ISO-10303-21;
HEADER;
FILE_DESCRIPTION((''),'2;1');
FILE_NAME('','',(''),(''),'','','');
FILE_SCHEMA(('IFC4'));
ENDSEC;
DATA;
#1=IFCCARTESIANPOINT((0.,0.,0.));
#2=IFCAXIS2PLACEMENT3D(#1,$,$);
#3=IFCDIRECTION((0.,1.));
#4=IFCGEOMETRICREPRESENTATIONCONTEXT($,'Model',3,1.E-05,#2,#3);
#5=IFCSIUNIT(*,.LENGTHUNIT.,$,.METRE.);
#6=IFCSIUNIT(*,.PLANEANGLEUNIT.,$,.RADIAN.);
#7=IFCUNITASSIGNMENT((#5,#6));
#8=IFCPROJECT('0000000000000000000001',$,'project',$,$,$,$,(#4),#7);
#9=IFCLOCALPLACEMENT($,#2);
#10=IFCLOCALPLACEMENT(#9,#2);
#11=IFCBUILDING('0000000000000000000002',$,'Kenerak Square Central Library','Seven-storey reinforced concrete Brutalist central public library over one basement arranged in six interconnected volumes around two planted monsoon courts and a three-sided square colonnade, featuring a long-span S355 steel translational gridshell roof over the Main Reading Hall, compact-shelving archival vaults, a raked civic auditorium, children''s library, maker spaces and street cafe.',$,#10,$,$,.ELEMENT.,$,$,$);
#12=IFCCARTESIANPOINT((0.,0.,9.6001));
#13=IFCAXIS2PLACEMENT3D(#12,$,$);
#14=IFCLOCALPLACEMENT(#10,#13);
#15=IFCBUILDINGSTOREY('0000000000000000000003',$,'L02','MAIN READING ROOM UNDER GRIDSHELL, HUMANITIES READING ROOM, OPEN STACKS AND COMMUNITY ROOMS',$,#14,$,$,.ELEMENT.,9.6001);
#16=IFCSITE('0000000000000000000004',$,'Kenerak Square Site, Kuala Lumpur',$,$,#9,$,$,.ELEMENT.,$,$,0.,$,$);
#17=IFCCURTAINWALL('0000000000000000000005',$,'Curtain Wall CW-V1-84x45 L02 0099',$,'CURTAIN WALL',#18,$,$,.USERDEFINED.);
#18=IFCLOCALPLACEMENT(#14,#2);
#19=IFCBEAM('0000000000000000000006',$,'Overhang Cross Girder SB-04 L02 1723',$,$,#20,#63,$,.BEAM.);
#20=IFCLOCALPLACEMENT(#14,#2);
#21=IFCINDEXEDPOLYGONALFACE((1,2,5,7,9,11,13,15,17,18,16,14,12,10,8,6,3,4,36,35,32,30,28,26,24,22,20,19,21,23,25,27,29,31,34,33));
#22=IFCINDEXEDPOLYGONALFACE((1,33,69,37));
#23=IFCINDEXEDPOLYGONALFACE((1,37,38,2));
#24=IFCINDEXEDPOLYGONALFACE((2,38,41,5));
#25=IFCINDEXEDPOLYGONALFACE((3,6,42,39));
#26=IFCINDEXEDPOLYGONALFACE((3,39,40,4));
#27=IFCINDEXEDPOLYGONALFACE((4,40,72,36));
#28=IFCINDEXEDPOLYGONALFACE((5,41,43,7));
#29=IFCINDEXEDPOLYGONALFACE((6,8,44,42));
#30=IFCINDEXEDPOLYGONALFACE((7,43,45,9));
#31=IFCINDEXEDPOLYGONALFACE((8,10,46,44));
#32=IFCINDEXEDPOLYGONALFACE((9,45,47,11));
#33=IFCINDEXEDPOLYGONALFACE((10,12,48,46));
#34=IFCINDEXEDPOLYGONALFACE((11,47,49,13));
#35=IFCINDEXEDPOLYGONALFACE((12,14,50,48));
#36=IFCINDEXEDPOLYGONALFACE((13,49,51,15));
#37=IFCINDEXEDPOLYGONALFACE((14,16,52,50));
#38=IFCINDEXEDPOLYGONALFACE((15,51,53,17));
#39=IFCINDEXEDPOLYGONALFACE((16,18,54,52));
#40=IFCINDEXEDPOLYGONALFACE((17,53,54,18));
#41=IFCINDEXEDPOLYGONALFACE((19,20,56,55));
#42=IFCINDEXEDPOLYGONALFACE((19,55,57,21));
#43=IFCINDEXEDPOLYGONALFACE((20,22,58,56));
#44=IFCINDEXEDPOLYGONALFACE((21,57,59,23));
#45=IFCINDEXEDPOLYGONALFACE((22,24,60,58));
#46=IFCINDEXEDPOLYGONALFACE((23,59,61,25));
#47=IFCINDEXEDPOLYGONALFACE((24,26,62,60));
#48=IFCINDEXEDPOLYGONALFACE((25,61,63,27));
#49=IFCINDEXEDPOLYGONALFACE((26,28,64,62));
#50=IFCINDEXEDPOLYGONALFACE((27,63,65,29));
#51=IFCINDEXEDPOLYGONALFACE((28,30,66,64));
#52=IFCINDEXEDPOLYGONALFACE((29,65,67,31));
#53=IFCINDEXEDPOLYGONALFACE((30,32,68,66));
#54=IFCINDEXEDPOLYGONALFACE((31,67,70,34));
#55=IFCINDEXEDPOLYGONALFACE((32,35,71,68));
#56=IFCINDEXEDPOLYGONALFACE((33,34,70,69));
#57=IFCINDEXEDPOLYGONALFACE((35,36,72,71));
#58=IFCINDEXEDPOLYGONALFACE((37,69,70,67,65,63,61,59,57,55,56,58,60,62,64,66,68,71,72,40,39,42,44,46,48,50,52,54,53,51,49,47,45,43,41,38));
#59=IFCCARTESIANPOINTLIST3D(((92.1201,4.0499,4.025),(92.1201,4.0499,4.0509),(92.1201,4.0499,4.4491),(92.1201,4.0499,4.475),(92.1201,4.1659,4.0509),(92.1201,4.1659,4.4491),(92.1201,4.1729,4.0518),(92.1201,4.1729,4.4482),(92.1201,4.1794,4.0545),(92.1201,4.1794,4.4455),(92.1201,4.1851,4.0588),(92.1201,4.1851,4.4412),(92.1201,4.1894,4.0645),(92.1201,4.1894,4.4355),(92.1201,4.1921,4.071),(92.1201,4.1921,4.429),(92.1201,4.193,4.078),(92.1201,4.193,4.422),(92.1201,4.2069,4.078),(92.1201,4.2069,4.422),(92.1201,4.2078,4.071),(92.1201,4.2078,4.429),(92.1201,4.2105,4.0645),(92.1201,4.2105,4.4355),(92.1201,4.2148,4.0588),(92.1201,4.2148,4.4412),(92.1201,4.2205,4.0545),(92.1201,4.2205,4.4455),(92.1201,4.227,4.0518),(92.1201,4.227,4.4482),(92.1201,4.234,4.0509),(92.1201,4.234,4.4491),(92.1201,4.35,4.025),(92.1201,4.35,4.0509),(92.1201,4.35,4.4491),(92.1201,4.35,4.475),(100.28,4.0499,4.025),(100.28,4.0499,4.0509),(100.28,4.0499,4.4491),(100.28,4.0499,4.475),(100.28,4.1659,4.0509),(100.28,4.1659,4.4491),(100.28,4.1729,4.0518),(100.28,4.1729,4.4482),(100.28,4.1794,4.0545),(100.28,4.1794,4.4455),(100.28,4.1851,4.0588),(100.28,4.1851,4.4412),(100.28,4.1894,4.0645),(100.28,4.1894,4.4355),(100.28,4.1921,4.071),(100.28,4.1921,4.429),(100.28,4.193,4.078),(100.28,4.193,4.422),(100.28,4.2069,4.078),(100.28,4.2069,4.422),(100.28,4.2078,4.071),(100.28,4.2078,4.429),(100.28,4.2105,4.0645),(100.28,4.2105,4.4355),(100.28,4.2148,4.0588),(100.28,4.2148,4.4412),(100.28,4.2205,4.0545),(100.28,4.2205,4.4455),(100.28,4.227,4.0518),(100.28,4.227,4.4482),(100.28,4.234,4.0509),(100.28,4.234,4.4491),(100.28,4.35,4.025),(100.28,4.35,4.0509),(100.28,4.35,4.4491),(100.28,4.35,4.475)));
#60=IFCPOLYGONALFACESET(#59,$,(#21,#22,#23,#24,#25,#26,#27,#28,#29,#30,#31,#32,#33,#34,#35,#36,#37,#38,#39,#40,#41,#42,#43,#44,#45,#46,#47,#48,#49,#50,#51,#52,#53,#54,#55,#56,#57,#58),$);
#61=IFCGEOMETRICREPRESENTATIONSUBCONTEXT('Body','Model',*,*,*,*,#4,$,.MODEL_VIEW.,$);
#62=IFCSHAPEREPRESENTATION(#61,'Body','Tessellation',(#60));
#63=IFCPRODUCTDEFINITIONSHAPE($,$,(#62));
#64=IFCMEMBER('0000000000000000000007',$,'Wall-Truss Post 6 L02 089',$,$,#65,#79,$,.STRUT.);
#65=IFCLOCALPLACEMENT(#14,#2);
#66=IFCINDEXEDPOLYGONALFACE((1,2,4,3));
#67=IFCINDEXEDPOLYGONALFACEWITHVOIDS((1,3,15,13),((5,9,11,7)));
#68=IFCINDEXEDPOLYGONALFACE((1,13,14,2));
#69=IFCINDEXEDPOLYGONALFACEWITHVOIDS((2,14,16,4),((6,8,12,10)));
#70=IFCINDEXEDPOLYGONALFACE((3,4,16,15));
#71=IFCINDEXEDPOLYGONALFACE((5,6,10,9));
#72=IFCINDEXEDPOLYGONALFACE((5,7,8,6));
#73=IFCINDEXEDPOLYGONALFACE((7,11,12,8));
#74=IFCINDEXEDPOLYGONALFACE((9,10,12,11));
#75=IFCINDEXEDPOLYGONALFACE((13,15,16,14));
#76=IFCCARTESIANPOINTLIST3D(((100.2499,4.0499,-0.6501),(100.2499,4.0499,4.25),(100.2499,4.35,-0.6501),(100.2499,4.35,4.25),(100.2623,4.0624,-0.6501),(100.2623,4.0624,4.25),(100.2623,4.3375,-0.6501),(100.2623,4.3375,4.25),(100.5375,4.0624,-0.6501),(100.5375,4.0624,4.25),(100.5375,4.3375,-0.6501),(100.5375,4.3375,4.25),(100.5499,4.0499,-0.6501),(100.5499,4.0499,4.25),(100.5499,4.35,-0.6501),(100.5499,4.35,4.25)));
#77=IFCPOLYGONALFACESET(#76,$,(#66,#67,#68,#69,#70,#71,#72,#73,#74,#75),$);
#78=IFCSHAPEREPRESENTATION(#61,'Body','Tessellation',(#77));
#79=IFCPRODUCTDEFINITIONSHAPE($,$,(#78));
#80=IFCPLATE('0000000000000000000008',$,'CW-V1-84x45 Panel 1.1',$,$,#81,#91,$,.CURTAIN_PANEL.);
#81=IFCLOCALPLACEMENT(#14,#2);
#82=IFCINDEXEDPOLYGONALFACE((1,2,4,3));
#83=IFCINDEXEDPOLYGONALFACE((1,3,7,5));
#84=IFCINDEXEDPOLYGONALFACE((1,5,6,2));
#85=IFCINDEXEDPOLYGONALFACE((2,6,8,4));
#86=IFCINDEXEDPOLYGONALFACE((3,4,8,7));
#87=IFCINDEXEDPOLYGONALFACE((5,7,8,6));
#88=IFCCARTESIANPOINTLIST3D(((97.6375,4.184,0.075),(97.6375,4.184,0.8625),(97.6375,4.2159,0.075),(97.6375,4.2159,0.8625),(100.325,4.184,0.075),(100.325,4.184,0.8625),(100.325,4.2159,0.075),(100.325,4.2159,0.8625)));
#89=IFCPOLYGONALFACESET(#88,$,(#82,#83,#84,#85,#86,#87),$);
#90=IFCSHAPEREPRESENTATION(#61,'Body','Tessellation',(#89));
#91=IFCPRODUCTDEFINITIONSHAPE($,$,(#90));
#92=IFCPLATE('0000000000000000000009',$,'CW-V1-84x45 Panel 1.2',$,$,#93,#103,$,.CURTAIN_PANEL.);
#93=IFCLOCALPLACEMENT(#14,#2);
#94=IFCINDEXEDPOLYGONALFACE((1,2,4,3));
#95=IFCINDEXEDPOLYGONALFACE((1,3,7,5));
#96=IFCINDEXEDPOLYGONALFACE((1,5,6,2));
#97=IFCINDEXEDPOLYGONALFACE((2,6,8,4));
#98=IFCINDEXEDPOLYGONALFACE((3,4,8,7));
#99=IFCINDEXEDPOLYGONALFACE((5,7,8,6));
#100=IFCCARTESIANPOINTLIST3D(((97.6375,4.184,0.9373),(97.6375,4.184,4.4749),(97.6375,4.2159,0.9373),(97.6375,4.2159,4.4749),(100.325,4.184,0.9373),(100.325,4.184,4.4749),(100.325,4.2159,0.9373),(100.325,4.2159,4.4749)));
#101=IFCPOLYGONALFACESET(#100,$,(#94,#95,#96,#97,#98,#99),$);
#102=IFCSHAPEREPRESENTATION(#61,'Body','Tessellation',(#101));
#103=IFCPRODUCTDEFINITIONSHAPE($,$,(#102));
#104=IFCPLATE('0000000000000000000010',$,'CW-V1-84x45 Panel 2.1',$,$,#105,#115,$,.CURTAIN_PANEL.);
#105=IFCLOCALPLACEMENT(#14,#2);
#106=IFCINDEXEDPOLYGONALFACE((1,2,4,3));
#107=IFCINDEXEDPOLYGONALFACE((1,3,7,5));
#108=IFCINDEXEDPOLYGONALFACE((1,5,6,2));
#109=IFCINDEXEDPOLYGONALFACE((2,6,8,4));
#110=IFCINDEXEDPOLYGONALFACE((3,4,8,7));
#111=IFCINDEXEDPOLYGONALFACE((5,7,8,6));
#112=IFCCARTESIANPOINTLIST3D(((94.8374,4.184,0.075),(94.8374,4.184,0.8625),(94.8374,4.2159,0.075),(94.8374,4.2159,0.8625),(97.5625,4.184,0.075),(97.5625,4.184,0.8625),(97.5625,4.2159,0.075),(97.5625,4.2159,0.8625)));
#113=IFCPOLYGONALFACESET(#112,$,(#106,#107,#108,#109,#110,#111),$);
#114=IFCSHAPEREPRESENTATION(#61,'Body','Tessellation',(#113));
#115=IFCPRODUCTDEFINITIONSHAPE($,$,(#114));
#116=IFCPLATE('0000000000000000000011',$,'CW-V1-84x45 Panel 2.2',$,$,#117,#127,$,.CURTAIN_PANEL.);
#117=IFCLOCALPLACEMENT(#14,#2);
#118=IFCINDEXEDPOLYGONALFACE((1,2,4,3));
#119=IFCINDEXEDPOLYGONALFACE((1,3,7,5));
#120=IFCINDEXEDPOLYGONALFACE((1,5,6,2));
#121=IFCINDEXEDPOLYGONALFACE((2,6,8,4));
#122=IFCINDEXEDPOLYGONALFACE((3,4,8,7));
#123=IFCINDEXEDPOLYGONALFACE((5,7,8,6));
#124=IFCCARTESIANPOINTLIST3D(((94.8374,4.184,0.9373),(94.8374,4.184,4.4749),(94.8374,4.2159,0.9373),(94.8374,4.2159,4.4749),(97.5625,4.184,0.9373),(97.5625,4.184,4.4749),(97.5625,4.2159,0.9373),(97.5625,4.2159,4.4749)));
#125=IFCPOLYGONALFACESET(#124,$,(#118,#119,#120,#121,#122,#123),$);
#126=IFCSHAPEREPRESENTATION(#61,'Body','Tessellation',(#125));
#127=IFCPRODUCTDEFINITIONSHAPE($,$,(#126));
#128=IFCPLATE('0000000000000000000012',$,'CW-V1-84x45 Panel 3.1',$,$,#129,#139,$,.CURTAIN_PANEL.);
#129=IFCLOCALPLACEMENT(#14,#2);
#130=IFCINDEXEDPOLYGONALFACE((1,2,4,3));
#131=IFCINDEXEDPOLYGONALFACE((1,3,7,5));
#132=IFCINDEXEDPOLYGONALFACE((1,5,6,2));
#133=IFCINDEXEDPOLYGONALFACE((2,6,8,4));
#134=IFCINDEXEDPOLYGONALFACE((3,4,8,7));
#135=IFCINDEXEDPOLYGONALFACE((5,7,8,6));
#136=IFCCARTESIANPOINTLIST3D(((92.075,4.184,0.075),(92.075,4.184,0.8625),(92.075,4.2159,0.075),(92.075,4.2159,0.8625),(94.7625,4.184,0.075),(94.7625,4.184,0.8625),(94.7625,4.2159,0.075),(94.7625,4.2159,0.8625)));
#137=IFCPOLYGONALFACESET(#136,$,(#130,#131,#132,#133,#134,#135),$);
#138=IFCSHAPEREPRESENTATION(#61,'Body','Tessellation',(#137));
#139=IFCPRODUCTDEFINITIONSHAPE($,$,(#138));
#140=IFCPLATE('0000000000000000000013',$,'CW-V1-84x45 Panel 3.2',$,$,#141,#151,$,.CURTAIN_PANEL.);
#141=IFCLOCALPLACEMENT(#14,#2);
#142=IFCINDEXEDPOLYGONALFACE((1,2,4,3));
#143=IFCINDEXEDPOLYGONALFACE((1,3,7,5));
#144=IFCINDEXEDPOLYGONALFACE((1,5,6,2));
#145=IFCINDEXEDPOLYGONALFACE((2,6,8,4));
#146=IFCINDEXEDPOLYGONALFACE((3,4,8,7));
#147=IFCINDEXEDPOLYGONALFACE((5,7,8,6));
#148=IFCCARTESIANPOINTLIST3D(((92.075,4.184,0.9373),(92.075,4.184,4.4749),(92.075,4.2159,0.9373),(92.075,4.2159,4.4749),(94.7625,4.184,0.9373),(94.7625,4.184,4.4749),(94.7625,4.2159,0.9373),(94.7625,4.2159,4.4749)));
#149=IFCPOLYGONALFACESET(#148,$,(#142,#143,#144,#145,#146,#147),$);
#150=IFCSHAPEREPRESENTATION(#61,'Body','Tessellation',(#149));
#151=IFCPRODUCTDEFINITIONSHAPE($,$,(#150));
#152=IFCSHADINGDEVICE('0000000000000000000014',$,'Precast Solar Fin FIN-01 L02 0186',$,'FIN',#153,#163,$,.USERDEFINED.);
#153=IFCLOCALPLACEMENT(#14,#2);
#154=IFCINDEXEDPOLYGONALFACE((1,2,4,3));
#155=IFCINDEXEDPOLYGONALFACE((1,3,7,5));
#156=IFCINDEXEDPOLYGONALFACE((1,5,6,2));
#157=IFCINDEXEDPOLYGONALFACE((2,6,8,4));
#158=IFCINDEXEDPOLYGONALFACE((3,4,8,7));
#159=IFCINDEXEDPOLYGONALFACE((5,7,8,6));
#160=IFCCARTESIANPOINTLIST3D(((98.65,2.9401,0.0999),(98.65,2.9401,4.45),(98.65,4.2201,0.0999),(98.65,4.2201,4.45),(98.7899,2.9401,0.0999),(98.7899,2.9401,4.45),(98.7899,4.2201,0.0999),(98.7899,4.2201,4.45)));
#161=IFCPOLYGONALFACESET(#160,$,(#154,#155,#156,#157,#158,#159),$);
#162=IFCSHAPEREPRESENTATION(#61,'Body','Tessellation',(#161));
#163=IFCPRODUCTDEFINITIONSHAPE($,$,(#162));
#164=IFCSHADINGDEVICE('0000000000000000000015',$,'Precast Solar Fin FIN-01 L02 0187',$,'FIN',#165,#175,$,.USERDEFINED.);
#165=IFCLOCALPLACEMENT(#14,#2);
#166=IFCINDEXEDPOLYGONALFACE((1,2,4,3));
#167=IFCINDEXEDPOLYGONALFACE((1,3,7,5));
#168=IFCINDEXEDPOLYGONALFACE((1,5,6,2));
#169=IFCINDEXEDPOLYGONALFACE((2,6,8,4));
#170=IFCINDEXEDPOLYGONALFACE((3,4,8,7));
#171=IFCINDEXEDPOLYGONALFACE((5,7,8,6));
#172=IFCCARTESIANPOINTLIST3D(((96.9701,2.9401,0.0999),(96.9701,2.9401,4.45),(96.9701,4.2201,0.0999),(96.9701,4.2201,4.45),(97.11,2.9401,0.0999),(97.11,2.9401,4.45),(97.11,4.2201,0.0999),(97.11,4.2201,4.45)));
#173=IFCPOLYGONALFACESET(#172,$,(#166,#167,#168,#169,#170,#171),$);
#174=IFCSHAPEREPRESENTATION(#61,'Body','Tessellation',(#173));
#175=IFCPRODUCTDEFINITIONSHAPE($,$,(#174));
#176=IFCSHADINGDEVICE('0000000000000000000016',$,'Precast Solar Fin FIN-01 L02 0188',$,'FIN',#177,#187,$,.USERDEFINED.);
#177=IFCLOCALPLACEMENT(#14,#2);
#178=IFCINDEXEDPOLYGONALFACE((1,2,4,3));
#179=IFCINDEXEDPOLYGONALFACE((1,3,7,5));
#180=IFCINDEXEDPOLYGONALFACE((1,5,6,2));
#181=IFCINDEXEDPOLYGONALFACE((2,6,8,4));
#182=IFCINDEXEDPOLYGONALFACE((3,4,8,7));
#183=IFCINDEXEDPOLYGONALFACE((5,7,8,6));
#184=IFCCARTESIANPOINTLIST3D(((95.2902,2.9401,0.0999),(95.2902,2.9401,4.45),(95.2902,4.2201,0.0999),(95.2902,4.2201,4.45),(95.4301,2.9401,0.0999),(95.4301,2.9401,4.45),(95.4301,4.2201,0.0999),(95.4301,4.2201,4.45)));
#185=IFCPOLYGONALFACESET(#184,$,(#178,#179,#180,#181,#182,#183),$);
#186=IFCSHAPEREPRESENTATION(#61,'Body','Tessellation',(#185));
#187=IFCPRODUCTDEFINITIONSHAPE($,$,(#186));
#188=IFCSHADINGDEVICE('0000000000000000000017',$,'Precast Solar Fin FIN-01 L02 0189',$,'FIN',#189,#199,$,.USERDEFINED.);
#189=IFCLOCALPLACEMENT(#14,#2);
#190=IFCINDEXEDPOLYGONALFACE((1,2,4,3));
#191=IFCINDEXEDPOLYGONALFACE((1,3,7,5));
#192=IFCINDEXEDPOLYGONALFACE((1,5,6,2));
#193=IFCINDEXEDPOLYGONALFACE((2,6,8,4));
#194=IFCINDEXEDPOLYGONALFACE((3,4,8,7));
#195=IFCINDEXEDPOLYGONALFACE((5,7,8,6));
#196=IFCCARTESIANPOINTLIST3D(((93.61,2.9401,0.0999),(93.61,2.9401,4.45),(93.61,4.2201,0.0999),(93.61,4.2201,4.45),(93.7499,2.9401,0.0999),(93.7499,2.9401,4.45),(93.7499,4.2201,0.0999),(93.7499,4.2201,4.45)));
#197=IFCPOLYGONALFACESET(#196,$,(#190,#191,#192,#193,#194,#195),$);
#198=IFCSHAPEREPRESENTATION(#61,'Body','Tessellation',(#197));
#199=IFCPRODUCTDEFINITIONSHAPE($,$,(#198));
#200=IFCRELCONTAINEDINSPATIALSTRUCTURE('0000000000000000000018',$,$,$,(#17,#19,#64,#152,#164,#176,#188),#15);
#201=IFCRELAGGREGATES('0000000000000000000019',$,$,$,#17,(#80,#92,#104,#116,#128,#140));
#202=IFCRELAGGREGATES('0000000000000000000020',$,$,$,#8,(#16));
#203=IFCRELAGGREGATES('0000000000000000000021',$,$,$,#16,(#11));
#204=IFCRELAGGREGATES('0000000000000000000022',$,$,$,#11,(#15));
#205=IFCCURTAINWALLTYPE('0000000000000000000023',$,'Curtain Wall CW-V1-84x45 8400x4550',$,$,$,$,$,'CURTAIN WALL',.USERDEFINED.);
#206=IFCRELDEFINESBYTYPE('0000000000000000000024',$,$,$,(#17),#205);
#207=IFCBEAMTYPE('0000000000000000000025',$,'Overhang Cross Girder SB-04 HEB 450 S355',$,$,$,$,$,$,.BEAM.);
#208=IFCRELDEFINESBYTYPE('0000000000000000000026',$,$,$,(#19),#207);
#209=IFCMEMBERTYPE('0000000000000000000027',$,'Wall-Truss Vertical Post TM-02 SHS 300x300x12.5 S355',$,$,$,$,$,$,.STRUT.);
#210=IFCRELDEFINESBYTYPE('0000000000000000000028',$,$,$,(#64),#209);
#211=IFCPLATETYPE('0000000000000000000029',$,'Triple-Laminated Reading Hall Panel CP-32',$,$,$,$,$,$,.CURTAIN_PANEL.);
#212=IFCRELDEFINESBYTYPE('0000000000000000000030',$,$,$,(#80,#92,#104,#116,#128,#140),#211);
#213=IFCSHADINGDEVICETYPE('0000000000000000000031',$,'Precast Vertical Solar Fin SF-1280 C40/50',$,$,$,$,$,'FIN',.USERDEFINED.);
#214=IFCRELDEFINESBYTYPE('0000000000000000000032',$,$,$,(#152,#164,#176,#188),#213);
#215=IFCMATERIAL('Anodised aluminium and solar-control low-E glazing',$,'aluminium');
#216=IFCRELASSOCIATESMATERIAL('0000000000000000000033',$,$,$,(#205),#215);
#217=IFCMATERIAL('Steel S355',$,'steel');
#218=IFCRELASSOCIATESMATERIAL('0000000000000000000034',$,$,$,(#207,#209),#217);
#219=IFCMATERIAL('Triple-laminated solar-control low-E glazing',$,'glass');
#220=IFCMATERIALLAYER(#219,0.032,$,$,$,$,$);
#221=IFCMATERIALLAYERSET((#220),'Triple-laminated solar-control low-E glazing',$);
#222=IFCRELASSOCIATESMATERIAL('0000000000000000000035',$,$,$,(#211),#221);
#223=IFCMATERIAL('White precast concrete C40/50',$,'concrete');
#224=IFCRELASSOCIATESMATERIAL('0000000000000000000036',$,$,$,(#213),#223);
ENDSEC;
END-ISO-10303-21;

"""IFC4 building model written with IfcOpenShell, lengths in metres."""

from ifc_helpers import new_model, si_unit, direction, frame, origin, origin_2d, place, context, subcontext, project, spatial, rectangle, hollow_rectangle, i_section, extrude, material, layer, layer_set, material_profile, profile_set, type_object, element, aggregate, save


model = new_model("IFC4")

# Units and contexts
model_context = context("Model", 3, precision=1e-05, world=origin(), true_north=direction((0.0, 1.0)))
body_context = subcontext(model_context, "Body", "Model", "MODEL_VIEW")
ifc_project = project(units=[si_unit("LENGTHUNIT", "METRE"), si_unit("PLANEANGLEUNIT", "RADIAN")], contexts=[model_context])

# Site, building, storey
site_placement = place(None, origin())
site = spatial("IfcSite", under=ifc_project, at=site_placement, Name="Kenerak Square Site, Kuala Lumpur", CompositionType="ELEMENT", RefElevation=0.0)
building_placement = place(site_placement, origin())
building = spatial("IfcBuilding", under=site, at=building_placement, Name="Kenerak Square Central Library", Description="Seven-storey reinforced concrete Brutalist central public library over one basement arranged in six interconnected volumes around two planted monsoon courts and a three-sided square colonnade, featuring a long-span S355 steel translational gridshell roof over the Main Reading Hall, compact-shelving archival vaults, a raked civic auditorium, children's library, maker spaces and street cafe.", CompositionType="ELEMENT")
storey_placement = place(building_placement, frame((0.0, 0.0, 9.6001)))
storey = spatial("IfcBuildingStorey", under=building, at=storey_placement, Name="L02", Description="MAIN READING ROOM UNDER GRIDSHELL, HUMANITIES READING ROOM, OPEN STACKS AND COMMUNITY ROOMS", CompositionType="ELEMENT", Elevation=9.6001)

# Curtain wall
ifc_material_1 = material(Name="Anodised aluminium and solar-control low-E glazing", Category="aluminium")
curtain_wall_type = type_object("IfcCurtainWallType", Name="Curtain Wall CW-V1-84x45 8400x4550", ElementType="CURTAIN WALL", PredefinedType="USERDEFINED", material=ifc_material_1)
curtain_wall_placement = place(storey_placement, origin())
curtain_wall = element("IfcCurtainWall", 1, at=curtain_wall_placement, inside=storey, type_object=curtain_wall_type, Name="Curtain Wall CW-V1-84x45 L02 0099", ObjectType="CURTAIN WALL", PredefinedType="USERDEFINED")

# Beam
ifc_material_2 = material(Name="Steel S355", Category="steel")
ifc_material_profile_1 = material_profile(ifc_material_2, i_section(OverallWidth=0.3, OverallDepth=0.45, WebThickness=0.0139, FlangeThickness=0.0259, FilletRadius=0.0271, at=origin_2d()), Name="HEB 450")
ifc_profile_set_1 = profile_set([ifc_material_profile_1], Name="Steel S355")
beam_type = type_object("IfcBeamType", Name="Overhang Cross Girder SB-04 HEB 450 S355", PredefinedType="BEAM", material=ifc_profile_set_1)
beam_placement = place(storey_placement, frame((92.1201, 4.2, 4.25), z_axis=(1.0, 0.0, 0.0), x_axis=(0.0, 1.0, 0.0)))
element("IfcBeam", 2, at=beam_placement, inside=storey, type_object=beam_type, Name="Overhang Cross Girder SB-04 L02 1723", PredefinedType="BEAM", context=body_context, shape_type="SweptSolid", body=[
    extrude(i_section(OverallWidth=0.3, OverallDepth=0.45, WebThickness=0.0139, FlangeThickness=0.0259, FilletRadius=0.0271, at=origin_2d()), origin(), (0.0, 0.0, 1.0), 8.1599),
])

# Member
ifc_material_profile_2 = material_profile(ifc_material_2, hollow_rectangle(XDim=0.3, YDim=0.3, WallThickness=0.0125, at=origin_2d()), Name="SHS 300x300x12.5")
ifc_profile_set_2 = profile_set([ifc_material_profile_2], Name="Steel S355")
member_type_1 = type_object("IfcMemberType", Name="Wall-Truss Vertical Post TM-02 SHS 300x300x12.5 S355", PredefinedType="STRUT", material=ifc_profile_set_2)
member_1_placement = place(storey_placement, frame((100.3999, 4.2, -0.6501), z_axis=(0.0, 0.0, 1.0), x_axis=(1.0, 0.0, 0.0)))
element("IfcMember", 3, at=member_1_placement, inside=storey, type_object=member_type_1, Name="Wall-Truss Post 6 L02 089", PredefinedType="STRUT", context=body_context, shape_type="SweptSolid", body=[
    extrude(hollow_rectangle(XDim=0.3, YDim=0.3, WallThickness=0.0125, at=origin_2d()), origin(), (0.0, 0.0, 1.0), 4.9001),
])

# Plates
ifc_material_3 = material(Name="Triple-laminated solar-control low-E glazing", Category="glass")
ifc_layer = layer(ifc_material_3, 0.032)
ifc_layer_set = layer_set([ifc_layer], Name="Triple-laminated solar-control low-E glazing")
plate_type = type_object("IfcPlateType", Name="Triple-Laminated Reading Hall Panel CP-32", PredefinedType="CURTAIN_PANEL", material=ifc_layer_set)
plate_1_placement = place(storey_placement, frame((98.9812, 4.2, 0.075), z_axis=(0.0, 0.0, 1.0), x_axis=(-1.0, 0.0, 0.0)))
plate_1 = element("IfcPlate", 4, at=plate_1_placement, type_object=plate_type, Name="CW-V1-84x45 Panel 1.1", PredefinedType="CURTAIN_PANEL", context=body_context, shape_type="SweptSolid", body=[
    extrude(rectangle(XDim=2.6875, YDim=0.032, at=origin_2d()), origin(), (0.0, 0.0, 1.0), 0.7876),
])
plate_2_placement = place(storey_placement, frame((98.9812, 4.2, 0.9373), z_axis=(0.0, 0.0, 1.0), x_axis=(-1.0, 0.0, 0.0)))
plate_2 = element("IfcPlate", 5, at=plate_2_placement, type_object=plate_type, Name="CW-V1-84x45 Panel 1.2", PredefinedType="CURTAIN_PANEL", context=body_context, shape_type="SweptSolid", body=[
    extrude(rectangle(XDim=2.6875, YDim=0.032, at=origin_2d()), origin(), (0.0, 0.0, 1.0), 3.5376),
])
plate_3_placement = place(storey_placement, frame((96.2, 4.2, 0.075), z_axis=(0.0, 0.0, 1.0), x_axis=(-1.0, 0.0, 0.0)))
plate_3 = element("IfcPlate", 6, at=plate_3_placement, type_object=plate_type, Name="CW-V1-84x45 Panel 2.1", PredefinedType="CURTAIN_PANEL", context=body_context, shape_type="SweptSolid", body=[
    extrude(rectangle(XDim=2.7251, YDim=0.032, at=origin_2d()), origin(), (0.0, 0.0, 1.0), 0.7876),
])
plate_4_placement = place(storey_placement, frame((96.2, 4.2, 0.9373), z_axis=(0.0, 0.0, 1.0), x_axis=(-1.0, 0.0, 0.0)))
plate_4 = element("IfcPlate", 7, at=plate_4_placement, type_object=plate_type, Name="CW-V1-84x45 Panel 2.2", PredefinedType="CURTAIN_PANEL", context=body_context, shape_type="SweptSolid", body=[
    extrude(rectangle(XDim=2.7251, YDim=0.032, at=origin_2d()), origin(), (0.0, 0.0, 1.0), 3.5376),
])
plate_5_placement = place(storey_placement, frame((93.4187, 4.2, 0.075), z_axis=(0.0, 0.0, 1.0), x_axis=(-1.0, 0.0, 0.0)))
plate_5 = element("IfcPlate", 8, at=plate_5_placement, type_object=plate_type, Name="CW-V1-84x45 Panel 3.1", PredefinedType="CURTAIN_PANEL", context=body_context, shape_type="SweptSolid", body=[
    extrude(rectangle(XDim=2.6875, YDim=0.032, at=origin_2d()), origin(), (0.0, 0.0, 1.0), 0.7876),
])
plate_6_placement = place(storey_placement, frame((93.4187, 4.2, 0.9373), z_axis=(0.0, 0.0, 1.0), x_axis=(-1.0, 0.0, 0.0)))
plate_6 = element("IfcPlate", 9, at=plate_6_placement, type_object=plate_type, Name="CW-V1-84x45 Panel 3.2", PredefinedType="CURTAIN_PANEL", context=body_context, shape_type="SweptSolid", body=[
    extrude(rectangle(XDim=2.6875, YDim=0.032, at=origin_2d()), origin(), (0.0, 0.0, 1.0), 3.5376),
])
aggregate(curtain_wall, [plate_1, plate_2, plate_3, plate_4, plate_5, plate_6])

# Shading devices
ifc_material_4 = material(Name="White precast concrete C40/50", Category="concrete")
shading_device_type = type_object("IfcShadingDeviceType", Name="Precast Vertical Solar Fin SF-1280 C40/50", ElementType="FIN", PredefinedType="USERDEFINED", material=ifc_material_4)
for number, where, z_axis, x_axis, name in (
    (10, (98.72, 3.5801, 0.0999), (0.0, 0.0, 1.0), (-1.0, 0.0, 0.0), "Precast Solar Fin FIN-01 L02 0186"),
    (11, (97.04, 3.5801, 0.0999), (0.0, 0.0, 1.0), (-1.0, 0.0, 0.0), "Precast Solar Fin FIN-01 L02 0187"),
    (12, (95.3601, 3.5801, 0.0999), (0.0, 0.0, 1.0), (-1.0, 0.0, 0.0), "Precast Solar Fin FIN-01 L02 0188"),
    (13, (93.6799, 3.5801, 0.0999), (0.0, 0.0, 1.0), (-1.0, 0.0, 0.0), "Precast Solar Fin FIN-01 L02 0189"),
):
    element("IfcShadingDevice", number, at=place(storey_placement, frame(where, z_axis=z_axis, x_axis=x_axis)), inside=storey, type_object=shading_device_type, Name=name, ObjectType="FIN", PredefinedType="USERDEFINED", context=body_context, shape_type="SweptSolid", body=[
        extrude(rectangle(XDim=0.1399, YDim=1.28, at=origin_2d()), origin(), (0.0, 0.0, 1.0), 4.3501),
    ])

save(model, "model.ifc")
